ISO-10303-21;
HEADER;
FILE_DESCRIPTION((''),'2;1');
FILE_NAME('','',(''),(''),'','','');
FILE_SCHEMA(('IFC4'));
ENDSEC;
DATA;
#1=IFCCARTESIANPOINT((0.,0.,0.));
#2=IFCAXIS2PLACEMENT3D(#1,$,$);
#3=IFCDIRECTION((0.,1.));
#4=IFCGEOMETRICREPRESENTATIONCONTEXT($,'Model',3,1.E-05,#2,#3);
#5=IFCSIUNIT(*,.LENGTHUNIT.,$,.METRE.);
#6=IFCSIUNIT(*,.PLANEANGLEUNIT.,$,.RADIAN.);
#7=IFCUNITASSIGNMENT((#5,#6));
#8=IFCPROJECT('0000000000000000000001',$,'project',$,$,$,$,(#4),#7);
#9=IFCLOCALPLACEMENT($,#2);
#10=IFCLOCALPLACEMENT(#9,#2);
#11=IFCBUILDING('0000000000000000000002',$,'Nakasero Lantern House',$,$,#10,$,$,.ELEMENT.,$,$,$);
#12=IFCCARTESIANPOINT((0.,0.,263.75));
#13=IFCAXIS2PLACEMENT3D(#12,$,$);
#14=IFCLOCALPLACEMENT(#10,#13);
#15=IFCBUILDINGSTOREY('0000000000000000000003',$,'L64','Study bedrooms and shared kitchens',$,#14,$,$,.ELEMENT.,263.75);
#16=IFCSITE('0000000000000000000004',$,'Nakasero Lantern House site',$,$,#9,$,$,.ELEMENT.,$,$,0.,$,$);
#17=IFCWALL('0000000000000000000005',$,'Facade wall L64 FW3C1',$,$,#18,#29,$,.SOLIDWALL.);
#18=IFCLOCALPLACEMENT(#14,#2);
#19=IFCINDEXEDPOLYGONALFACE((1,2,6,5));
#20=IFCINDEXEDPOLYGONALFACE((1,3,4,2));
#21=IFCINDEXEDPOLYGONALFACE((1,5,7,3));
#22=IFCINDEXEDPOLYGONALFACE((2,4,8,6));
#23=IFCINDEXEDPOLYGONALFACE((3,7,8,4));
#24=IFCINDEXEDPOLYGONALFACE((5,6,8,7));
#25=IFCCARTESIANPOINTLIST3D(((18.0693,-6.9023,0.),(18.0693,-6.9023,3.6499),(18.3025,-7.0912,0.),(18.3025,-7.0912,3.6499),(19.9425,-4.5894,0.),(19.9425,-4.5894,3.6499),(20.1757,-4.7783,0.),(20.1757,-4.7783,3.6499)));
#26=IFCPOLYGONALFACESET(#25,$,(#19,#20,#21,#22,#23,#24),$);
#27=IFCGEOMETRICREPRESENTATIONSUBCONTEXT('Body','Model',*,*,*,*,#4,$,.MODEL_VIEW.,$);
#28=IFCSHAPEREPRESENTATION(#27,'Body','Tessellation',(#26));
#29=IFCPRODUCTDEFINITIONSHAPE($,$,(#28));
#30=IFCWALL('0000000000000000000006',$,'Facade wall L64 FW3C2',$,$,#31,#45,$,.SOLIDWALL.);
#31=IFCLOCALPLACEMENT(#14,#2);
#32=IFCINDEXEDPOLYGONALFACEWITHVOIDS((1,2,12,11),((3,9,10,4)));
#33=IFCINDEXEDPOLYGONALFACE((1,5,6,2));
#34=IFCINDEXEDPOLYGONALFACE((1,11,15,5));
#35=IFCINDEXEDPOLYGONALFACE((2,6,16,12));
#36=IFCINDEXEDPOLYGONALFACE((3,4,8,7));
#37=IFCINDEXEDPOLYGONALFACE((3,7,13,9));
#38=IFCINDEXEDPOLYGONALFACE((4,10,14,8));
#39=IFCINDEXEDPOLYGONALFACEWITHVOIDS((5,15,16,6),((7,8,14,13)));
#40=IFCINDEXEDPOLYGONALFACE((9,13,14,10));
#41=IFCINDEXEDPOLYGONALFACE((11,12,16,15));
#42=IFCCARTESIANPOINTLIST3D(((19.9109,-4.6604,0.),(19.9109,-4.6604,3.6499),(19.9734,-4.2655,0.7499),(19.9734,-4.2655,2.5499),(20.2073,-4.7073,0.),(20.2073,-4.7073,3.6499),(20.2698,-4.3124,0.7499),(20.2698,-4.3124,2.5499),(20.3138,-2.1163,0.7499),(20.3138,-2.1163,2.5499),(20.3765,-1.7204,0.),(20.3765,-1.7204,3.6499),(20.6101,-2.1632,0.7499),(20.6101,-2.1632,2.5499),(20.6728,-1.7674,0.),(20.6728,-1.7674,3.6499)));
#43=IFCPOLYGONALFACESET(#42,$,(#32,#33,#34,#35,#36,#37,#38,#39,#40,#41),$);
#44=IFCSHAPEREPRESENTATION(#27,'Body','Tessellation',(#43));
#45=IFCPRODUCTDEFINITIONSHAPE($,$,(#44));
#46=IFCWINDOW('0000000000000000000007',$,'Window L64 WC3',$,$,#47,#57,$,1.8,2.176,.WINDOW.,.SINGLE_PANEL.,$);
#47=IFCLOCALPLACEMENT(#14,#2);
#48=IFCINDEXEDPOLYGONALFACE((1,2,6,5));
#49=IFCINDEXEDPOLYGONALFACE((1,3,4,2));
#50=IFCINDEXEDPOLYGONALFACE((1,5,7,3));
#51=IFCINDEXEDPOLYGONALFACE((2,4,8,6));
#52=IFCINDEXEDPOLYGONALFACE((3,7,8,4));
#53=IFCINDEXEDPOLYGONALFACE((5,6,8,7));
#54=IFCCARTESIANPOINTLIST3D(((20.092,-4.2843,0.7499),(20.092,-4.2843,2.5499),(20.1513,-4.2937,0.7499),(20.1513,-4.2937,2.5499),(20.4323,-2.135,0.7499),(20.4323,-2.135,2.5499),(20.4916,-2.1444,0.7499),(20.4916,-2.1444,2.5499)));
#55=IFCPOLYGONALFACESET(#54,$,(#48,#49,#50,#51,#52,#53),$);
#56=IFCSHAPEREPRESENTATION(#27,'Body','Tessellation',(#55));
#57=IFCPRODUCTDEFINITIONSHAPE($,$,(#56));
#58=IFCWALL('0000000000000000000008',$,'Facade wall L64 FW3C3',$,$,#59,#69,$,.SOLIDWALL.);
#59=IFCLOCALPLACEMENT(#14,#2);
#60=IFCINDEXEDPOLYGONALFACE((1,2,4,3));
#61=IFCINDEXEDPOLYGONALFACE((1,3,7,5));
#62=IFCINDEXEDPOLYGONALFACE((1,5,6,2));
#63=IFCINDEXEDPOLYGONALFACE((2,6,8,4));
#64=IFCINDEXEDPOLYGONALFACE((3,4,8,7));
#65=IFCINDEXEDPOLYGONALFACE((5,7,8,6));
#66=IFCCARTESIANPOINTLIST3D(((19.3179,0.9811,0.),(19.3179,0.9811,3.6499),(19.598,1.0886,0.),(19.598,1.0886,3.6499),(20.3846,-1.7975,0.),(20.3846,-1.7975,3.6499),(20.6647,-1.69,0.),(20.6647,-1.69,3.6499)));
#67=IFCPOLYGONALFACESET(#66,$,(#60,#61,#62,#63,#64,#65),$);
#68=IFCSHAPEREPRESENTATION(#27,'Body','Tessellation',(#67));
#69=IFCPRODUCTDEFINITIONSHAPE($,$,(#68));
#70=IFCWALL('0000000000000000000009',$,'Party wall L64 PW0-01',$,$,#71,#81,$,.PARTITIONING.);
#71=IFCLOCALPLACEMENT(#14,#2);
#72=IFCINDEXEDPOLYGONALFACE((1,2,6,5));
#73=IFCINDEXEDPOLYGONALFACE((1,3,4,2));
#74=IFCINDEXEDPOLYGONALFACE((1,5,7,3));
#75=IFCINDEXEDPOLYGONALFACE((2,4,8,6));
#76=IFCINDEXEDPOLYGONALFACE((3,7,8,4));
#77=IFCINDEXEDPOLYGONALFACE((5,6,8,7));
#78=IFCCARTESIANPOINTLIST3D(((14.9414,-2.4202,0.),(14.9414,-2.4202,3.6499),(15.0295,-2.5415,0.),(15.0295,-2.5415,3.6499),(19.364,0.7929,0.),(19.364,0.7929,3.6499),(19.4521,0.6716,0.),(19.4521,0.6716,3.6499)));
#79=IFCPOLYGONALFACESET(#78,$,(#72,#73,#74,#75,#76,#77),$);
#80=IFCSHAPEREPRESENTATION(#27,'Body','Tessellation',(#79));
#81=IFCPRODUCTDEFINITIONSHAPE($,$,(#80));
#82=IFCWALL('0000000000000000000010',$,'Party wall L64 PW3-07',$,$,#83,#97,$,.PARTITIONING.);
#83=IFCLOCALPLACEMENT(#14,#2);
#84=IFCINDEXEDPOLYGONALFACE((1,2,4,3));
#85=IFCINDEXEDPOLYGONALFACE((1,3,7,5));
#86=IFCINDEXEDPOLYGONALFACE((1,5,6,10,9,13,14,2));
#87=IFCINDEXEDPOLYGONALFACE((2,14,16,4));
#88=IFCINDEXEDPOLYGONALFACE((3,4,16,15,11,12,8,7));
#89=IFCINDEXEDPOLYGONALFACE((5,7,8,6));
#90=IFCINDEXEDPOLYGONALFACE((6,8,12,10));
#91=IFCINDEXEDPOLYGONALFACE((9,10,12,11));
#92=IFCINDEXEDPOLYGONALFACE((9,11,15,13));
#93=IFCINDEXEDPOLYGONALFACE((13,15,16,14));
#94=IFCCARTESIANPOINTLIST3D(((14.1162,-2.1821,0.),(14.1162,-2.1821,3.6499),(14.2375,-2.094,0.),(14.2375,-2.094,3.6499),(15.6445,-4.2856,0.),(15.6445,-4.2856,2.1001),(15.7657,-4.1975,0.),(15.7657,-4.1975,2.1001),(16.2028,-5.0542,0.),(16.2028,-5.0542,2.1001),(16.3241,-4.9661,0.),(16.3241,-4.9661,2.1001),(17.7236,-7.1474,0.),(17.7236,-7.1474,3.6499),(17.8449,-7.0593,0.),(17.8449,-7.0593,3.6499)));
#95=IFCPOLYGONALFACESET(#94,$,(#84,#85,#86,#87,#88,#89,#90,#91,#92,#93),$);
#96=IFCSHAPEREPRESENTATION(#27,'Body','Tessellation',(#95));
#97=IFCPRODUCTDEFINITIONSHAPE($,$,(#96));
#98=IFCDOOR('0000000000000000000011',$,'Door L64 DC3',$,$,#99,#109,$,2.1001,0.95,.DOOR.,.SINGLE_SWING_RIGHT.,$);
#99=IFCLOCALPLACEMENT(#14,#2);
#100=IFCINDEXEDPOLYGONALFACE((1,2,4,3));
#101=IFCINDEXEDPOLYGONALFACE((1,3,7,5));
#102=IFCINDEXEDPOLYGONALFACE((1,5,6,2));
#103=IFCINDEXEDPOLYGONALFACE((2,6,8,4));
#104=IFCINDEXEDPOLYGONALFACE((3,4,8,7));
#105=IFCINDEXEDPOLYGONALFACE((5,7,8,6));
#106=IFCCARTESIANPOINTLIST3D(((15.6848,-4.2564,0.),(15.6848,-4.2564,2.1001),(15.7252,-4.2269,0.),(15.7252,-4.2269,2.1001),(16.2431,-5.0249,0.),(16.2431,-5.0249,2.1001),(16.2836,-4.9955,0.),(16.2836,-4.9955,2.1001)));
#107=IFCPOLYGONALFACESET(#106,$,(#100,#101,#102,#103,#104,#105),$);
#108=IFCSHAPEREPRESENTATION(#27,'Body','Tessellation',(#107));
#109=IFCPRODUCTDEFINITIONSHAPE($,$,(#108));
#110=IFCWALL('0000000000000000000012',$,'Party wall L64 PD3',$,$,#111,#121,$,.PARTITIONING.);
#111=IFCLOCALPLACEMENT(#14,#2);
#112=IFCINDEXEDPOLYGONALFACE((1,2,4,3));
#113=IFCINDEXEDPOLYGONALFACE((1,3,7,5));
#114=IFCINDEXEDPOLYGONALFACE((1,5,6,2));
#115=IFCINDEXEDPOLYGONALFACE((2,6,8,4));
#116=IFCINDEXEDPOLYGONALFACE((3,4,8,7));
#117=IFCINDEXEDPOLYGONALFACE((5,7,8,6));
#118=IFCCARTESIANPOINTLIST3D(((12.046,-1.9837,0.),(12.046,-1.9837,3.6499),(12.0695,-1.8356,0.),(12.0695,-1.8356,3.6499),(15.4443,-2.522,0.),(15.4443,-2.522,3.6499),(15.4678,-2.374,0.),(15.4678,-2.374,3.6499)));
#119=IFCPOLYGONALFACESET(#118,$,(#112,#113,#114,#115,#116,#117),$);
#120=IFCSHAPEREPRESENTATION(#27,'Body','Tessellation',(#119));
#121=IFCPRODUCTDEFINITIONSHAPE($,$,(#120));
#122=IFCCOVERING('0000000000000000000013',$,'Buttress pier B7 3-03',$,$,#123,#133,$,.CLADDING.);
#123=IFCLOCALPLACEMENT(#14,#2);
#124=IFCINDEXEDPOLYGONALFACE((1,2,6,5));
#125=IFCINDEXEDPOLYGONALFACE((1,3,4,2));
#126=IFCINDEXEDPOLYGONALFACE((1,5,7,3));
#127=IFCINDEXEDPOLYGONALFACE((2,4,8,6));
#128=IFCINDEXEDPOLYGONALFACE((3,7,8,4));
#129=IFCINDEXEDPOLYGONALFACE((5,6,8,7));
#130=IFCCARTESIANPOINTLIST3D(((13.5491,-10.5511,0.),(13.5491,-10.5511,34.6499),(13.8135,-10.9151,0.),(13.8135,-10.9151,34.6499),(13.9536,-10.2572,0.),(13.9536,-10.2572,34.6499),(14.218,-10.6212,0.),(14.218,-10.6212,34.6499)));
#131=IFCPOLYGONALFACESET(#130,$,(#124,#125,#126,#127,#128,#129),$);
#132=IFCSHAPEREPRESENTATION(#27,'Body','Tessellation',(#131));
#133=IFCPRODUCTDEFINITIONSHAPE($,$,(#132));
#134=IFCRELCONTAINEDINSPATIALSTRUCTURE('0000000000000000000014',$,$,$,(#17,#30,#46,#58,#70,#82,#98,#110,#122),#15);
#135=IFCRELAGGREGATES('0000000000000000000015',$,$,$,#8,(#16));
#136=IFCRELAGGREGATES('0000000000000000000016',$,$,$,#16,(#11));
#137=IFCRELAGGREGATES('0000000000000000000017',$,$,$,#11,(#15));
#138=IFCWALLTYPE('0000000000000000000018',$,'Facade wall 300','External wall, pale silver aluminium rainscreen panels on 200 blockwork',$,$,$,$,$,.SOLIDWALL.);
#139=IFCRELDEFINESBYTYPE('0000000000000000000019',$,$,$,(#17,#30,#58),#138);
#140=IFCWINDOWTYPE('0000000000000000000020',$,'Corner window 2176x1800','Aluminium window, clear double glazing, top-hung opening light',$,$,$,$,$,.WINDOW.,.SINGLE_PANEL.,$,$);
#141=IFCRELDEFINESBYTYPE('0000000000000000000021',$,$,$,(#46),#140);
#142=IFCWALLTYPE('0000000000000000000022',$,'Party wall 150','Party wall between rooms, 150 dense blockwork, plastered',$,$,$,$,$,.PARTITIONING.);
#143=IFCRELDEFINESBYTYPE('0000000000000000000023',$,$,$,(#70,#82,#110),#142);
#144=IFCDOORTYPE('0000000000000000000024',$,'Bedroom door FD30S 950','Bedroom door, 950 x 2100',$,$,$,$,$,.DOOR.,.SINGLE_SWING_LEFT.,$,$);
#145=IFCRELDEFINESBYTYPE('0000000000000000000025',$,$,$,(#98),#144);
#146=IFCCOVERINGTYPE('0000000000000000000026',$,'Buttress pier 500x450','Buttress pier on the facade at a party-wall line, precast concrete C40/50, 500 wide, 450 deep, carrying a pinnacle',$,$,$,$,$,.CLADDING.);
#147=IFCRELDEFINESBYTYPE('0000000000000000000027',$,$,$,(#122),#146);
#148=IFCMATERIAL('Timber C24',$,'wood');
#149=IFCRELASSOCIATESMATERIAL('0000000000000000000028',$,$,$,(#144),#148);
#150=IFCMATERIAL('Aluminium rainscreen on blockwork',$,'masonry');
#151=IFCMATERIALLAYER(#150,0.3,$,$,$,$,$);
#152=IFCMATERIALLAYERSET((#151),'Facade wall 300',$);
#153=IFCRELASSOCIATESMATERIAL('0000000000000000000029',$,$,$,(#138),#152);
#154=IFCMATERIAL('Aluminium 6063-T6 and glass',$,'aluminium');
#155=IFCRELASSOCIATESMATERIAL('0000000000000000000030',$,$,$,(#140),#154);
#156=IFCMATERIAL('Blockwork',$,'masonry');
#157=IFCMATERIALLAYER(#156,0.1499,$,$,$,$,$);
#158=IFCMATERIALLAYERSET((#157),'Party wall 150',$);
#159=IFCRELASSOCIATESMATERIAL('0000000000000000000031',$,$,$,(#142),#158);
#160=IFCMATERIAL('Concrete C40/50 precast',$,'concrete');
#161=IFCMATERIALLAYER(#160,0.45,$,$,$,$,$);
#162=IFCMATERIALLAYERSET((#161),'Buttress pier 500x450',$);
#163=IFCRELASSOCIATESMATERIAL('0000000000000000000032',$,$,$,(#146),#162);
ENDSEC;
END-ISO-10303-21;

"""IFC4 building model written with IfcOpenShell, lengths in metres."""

from ifc_helpers import new_model, si_unit, direction, frame, frame_2d, origin, origin_2d, place, context, subcontext, project, spatial, rectangle, extrude, material, layer, layer_set, type_object, element, fill, save


model = new_model("IFC4")

# Units and contexts
model_context = context("Model", 3, precision=1e-05, world=origin(), true_north=direction((0.0, 1.0)))
body_context = subcontext(model_context, "Body", "Model", "MODEL_VIEW")
ifc_project = project(units=[si_unit("LENGTHUNIT", "METRE"), si_unit("PLANEANGLEUNIT", "RADIAN")], contexts=[model_context])

# Site, building, storey
site_placement = place(None, origin())
site = spatial("IfcSite", under=ifc_project, at=site_placement, Name="Nakasero Lantern House site", CompositionType="ELEMENT", RefElevation=0.0)
building_placement = place(site_placement, origin())
building = spatial("IfcBuilding", under=site, at=building_placement, Name="Nakasero Lantern House", CompositionType="ELEMENT")
storey_placement = place(building_placement, frame((0.0, 0.0, 263.75)))
storey = spatial("IfcBuildingStorey", under=building, at=storey_placement, Name="L64", Description="Study bedrooms and shared kitchens", CompositionType="ELEMENT", Elevation=263.75)

# Shared definitions
ifc_material_1 = material(Name="Timber C24", Category="wood")
door_type_1 = type_object("IfcDoorType", Name="Bedroom door FD30S 950", Description="Bedroom door, 950 x 2100", OperationType="SINGLE_SWING_LEFT", PredefinedType="DOOR", material=ifc_material_1)

# Wall
ifc_material_2 = material(Name="Aluminium rainscreen on blockwork", Category="masonry")
ifc_layer_1 = layer(ifc_material_2, 0.3)
ifc_layer_set_1 = layer_set([ifc_layer_1], Name="Facade wall 300")
wall_type_1 = type_object("IfcWallType", Name="Facade wall 300", Description="External wall, pale silver aluminium rainscreen panels on 200 blockwork", PredefinedType="SOLIDWALL", material=ifc_layer_set_1)
wall_1_placement = place(storey_placement, frame((18.1858, -6.9968, 0.0), z_axis=(0.0, 0.0, 1.0), x_axis=(0.629375, 0.777102, 0.0)))
element("IfcWall", 1, at=wall_1_placement, inside=storey, type_object=wall_type_1, Name="Facade wall L64 FW3C1", PredefinedType="SOLIDWALL", context=body_context, shape_type="SweptSolid", body=[
    extrude(rectangle(XDim=2.9763, YDim=0.3, at=frame_2d((1.4883, 0.0))), origin(), (0.0, 0.0, 1.0), 3.6499),
])

# Wall, opening, window
wall_2_placement = place(storey_placement, frame((20.0591, -4.6838, 0.0), z_axis=(0.0, 0.0, 1.0), x_axis=(0.156413, 0.987692, 0.0)))
wall_2 = element("IfcWall", 2, at=wall_2_placement, inside=storey, type_object=wall_type_1, Name="Facade wall L64 FW3C2", PredefinedType="SOLIDWALL", context=body_context, shape_type="SweptSolid", body=[
    extrude(rectangle(XDim=2.9766, YDim=0.3, at=frame_2d((1.4883, 0.0))), origin(), (0.0, 0.0, 1.0), 3.6499),
])
opening_1_placement = place(wall_2_placement, frame((0.3999, 0.0, 0.75)))
opening_1 = element("IfcOpeningElement", 3, at=opening_1_placement, cuts=wall_2, PredefinedType="OPENING", context=body_context, shape_type="SweptSolid", body=[
    extrude(rectangle(XDim=2.176, YDim=1.8, at=frame_2d((1.0879, 0.8999))), frame((0.0, 0.1699, 0.0), z_axis=(0.0, -1.0, 0.0), x_axis=(1.0, 0.0, 0.0)), (0.0, 0.0, 1.0), 0.3401),
])
ifc_material_3 = material(Name="Aluminium 6063-T6 and glass", Category="aluminium")
window_type = type_object("IfcWindowType", Name="Corner window 2176x1800", Description="Aluminium window, clear double glazing, top-hung opening light", PartitioningType="SINGLE_PANEL", PredefinedType="WINDOW", material=ifc_material_3)
window_placement = place(opening_1_placement, origin())
window = element("IfcWindow", 4, at=window_placement, inside=storey, type_object=window_type, Name="Window L64 WC3", OverallHeight=1.8, OverallWidth=2.176, PartitioningType="SINGLE_PANEL", PredefinedType="WINDOW", context=body_context, shape_type="SweptSolid", body=[
    extrude(rectangle(XDim=2.176, YDim=1.8, at=frame_2d((1.0879, 0.8999))), frame((0.0, 0.03, 0.0), z_axis=(0.0, -1.0, 0.0), x_axis=(1.0, 0.0, 0.0)), (0.0, 0.0, 1.0), 0.0601),
])
fill(opening_1, window)

# Walls
wall_3_placement = place(storey_placement, frame((20.5247, -1.7439, 0.0), z_axis=(0.0, 0.0, 1.0), x_axis=(-0.358385, 0.933574, 0.0)))
element("IfcWall", 5, at=wall_3_placement, inside=storey, type_object=wall_type_1, Name="Facade wall L64 FW3C3", PredefinedType="SOLIDWALL", context=body_context, shape_type="SweptSolid", body=[
    extrude(rectangle(XDim=2.9763, YDim=0.3, at=frame_2d((1.4883, 0.0))), origin(), (0.0, 0.0, 1.0), 3.6499),
])
ifc_material_4 = material(Name="Blockwork", Category="masonry")
ifc_layer_2 = layer(ifc_material_4, 0.1499)
ifc_layer_set_2 = layer_set([ifc_layer_2], Name="Party wall 150")
wall_type_2 = type_object("IfcWallType", Name="Party wall 150", Description="Party wall between rooms, 150 dense blockwork, plastered", PredefinedType="PARTITIONING", material=ifc_layer_set_2)
wall_4_placement = place(storey_placement, frame((14.9854, -2.481, 0.0), z_axis=(0.0, 0.0, 1.0), x_axis=(0.809024, 0.587776, 0.0)))
element("IfcWall", 6, at=wall_4_placement, inside=storey, type_object=wall_type_2, Name="Party wall L64 PW0-01", PredefinedType="PARTITIONING", context=body_context, shape_type="SweptSolid", body=[
    extrude(rectangle(XDim=5.4666, YDim=0.1499, at=frame_2d((2.7334, 0.0))), origin(), (0.0, 0.0, 1.0), 3.6499),
])

# Wall, opening, door
wall_5_placement = place(storey_placement, frame((14.1768, -2.1379, 0.0), z_axis=(0.0, 0.0, 1.0), x_axis=(0.587774, -0.809025, 0.0)))
wall_5 = element("IfcWall", 7, at=wall_5_placement, inside=storey, type_object=wall_type_2, Name="Party wall L64 PW3-07", PredefinedType="PARTITIONING", context=body_context, shape_type="SweptSolid", body=[
    extrude(rectangle(XDim=6.1375, YDim=0.1499, at=frame_2d((3.0688, 0.0))), origin(), (0.0, 0.0, 1.0), 3.6499),
])
opening_2_placement = place(wall_5_placement, frame((2.6001, 0.0, 0.0)))
opening_2 = element("IfcOpeningElement", 8, at=opening_2_placement, cuts=wall_5, PredefinedType="OPENING", context=body_context, shape_type="SweptSolid", body=[
    extrude(rectangle(XDim=0.95, YDim=2.1001, at=frame_2d((0.4751, 1.05))), frame((0.0, 0.095, 0.0), z_axis=(0.0, -1.0, 0.0), x_axis=(1.0, 0.0, 0.0)), (0.0, 0.0, 1.0), 0.1899),
])
door_1_placement = place(opening_2_placement, origin())
door_1 = element("IfcDoor", 9, at=door_1_placement, inside=storey, type_object=door_type_1, Name="Door L64 DC3", OperationType="SINGLE_SWING_RIGHT", OverallHeight=2.1001, OverallWidth=0.95, PredefinedType="DOOR", context=body_context, shape_type="SweptSolid", body=[
    extrude(rectangle(XDim=0.95, YDim=2.1001, at=frame_2d((0.4751, 1.05))), frame((0.0, 0.0249, 0.0), z_axis=(0.0, -1.0, 0.0), x_axis=(1.0, 0.0, 0.0)), (0.0, 0.0, 1.0), 0.05),
])
fill(opening_2, door_1)

# Wall
wall_6_placement = place(storey_placement, frame((12.0579, -1.9097, 0.0), z_axis=(0.0, 0.0, 1.0), x_axis=(0.987683, -0.156465, 0.0)))
element("IfcWall", 10, at=wall_6_placement, inside=storey, type_object=wall_type_2, Name="Party wall L64 PD3", PredefinedType="PARTITIONING", context=body_context, shape_type="SweptSolid", body=[
    extrude(rectangle(XDim=3.4407, YDim=0.1499, at=frame_2d((1.7202, 0.0))), origin(), (0.0, 0.0, 1.0), 3.6499),
])

# Covering
ifc_material_5 = material(Name="Concrete C40/50 precast", Category="concrete")
ifc_layer_3 = layer(ifc_material_5, 0.45)
ifc_layer_set_3 = layer_set([ifc_layer_3], Name="Buttress pier 500x450")
covering_type = type_object("IfcCoveringType", Name="Buttress pier 500x450", Description="Buttress pier on the facade at a party-wall line, precast concrete C40/50, 500 wide, 450 deep, carrying a pinnacle", PredefinedType="CLADDING", material=ifc_layer_set_3)
covering_placement = place(storey_placement, frame((13.8835, -10.5862, 0.0), z_axis=(0.0, 0.0, 1.0), x_axis=(0.587785, -0.809017, 0.0)))
element("IfcCovering", 11, at=covering_placement, inside=storey, type_object=covering_type, Name="Buttress pier B7 3-03", PredefinedType="CLADDING", context=body_context, shape_type="SweptSolid", body=[
    extrude(rectangle(XDim=0.45, YDim=0.5, at=origin_2d()), origin(), (0.0, 0.0, 1.0), 34.6499),
])

save(model, "model.ifc")
